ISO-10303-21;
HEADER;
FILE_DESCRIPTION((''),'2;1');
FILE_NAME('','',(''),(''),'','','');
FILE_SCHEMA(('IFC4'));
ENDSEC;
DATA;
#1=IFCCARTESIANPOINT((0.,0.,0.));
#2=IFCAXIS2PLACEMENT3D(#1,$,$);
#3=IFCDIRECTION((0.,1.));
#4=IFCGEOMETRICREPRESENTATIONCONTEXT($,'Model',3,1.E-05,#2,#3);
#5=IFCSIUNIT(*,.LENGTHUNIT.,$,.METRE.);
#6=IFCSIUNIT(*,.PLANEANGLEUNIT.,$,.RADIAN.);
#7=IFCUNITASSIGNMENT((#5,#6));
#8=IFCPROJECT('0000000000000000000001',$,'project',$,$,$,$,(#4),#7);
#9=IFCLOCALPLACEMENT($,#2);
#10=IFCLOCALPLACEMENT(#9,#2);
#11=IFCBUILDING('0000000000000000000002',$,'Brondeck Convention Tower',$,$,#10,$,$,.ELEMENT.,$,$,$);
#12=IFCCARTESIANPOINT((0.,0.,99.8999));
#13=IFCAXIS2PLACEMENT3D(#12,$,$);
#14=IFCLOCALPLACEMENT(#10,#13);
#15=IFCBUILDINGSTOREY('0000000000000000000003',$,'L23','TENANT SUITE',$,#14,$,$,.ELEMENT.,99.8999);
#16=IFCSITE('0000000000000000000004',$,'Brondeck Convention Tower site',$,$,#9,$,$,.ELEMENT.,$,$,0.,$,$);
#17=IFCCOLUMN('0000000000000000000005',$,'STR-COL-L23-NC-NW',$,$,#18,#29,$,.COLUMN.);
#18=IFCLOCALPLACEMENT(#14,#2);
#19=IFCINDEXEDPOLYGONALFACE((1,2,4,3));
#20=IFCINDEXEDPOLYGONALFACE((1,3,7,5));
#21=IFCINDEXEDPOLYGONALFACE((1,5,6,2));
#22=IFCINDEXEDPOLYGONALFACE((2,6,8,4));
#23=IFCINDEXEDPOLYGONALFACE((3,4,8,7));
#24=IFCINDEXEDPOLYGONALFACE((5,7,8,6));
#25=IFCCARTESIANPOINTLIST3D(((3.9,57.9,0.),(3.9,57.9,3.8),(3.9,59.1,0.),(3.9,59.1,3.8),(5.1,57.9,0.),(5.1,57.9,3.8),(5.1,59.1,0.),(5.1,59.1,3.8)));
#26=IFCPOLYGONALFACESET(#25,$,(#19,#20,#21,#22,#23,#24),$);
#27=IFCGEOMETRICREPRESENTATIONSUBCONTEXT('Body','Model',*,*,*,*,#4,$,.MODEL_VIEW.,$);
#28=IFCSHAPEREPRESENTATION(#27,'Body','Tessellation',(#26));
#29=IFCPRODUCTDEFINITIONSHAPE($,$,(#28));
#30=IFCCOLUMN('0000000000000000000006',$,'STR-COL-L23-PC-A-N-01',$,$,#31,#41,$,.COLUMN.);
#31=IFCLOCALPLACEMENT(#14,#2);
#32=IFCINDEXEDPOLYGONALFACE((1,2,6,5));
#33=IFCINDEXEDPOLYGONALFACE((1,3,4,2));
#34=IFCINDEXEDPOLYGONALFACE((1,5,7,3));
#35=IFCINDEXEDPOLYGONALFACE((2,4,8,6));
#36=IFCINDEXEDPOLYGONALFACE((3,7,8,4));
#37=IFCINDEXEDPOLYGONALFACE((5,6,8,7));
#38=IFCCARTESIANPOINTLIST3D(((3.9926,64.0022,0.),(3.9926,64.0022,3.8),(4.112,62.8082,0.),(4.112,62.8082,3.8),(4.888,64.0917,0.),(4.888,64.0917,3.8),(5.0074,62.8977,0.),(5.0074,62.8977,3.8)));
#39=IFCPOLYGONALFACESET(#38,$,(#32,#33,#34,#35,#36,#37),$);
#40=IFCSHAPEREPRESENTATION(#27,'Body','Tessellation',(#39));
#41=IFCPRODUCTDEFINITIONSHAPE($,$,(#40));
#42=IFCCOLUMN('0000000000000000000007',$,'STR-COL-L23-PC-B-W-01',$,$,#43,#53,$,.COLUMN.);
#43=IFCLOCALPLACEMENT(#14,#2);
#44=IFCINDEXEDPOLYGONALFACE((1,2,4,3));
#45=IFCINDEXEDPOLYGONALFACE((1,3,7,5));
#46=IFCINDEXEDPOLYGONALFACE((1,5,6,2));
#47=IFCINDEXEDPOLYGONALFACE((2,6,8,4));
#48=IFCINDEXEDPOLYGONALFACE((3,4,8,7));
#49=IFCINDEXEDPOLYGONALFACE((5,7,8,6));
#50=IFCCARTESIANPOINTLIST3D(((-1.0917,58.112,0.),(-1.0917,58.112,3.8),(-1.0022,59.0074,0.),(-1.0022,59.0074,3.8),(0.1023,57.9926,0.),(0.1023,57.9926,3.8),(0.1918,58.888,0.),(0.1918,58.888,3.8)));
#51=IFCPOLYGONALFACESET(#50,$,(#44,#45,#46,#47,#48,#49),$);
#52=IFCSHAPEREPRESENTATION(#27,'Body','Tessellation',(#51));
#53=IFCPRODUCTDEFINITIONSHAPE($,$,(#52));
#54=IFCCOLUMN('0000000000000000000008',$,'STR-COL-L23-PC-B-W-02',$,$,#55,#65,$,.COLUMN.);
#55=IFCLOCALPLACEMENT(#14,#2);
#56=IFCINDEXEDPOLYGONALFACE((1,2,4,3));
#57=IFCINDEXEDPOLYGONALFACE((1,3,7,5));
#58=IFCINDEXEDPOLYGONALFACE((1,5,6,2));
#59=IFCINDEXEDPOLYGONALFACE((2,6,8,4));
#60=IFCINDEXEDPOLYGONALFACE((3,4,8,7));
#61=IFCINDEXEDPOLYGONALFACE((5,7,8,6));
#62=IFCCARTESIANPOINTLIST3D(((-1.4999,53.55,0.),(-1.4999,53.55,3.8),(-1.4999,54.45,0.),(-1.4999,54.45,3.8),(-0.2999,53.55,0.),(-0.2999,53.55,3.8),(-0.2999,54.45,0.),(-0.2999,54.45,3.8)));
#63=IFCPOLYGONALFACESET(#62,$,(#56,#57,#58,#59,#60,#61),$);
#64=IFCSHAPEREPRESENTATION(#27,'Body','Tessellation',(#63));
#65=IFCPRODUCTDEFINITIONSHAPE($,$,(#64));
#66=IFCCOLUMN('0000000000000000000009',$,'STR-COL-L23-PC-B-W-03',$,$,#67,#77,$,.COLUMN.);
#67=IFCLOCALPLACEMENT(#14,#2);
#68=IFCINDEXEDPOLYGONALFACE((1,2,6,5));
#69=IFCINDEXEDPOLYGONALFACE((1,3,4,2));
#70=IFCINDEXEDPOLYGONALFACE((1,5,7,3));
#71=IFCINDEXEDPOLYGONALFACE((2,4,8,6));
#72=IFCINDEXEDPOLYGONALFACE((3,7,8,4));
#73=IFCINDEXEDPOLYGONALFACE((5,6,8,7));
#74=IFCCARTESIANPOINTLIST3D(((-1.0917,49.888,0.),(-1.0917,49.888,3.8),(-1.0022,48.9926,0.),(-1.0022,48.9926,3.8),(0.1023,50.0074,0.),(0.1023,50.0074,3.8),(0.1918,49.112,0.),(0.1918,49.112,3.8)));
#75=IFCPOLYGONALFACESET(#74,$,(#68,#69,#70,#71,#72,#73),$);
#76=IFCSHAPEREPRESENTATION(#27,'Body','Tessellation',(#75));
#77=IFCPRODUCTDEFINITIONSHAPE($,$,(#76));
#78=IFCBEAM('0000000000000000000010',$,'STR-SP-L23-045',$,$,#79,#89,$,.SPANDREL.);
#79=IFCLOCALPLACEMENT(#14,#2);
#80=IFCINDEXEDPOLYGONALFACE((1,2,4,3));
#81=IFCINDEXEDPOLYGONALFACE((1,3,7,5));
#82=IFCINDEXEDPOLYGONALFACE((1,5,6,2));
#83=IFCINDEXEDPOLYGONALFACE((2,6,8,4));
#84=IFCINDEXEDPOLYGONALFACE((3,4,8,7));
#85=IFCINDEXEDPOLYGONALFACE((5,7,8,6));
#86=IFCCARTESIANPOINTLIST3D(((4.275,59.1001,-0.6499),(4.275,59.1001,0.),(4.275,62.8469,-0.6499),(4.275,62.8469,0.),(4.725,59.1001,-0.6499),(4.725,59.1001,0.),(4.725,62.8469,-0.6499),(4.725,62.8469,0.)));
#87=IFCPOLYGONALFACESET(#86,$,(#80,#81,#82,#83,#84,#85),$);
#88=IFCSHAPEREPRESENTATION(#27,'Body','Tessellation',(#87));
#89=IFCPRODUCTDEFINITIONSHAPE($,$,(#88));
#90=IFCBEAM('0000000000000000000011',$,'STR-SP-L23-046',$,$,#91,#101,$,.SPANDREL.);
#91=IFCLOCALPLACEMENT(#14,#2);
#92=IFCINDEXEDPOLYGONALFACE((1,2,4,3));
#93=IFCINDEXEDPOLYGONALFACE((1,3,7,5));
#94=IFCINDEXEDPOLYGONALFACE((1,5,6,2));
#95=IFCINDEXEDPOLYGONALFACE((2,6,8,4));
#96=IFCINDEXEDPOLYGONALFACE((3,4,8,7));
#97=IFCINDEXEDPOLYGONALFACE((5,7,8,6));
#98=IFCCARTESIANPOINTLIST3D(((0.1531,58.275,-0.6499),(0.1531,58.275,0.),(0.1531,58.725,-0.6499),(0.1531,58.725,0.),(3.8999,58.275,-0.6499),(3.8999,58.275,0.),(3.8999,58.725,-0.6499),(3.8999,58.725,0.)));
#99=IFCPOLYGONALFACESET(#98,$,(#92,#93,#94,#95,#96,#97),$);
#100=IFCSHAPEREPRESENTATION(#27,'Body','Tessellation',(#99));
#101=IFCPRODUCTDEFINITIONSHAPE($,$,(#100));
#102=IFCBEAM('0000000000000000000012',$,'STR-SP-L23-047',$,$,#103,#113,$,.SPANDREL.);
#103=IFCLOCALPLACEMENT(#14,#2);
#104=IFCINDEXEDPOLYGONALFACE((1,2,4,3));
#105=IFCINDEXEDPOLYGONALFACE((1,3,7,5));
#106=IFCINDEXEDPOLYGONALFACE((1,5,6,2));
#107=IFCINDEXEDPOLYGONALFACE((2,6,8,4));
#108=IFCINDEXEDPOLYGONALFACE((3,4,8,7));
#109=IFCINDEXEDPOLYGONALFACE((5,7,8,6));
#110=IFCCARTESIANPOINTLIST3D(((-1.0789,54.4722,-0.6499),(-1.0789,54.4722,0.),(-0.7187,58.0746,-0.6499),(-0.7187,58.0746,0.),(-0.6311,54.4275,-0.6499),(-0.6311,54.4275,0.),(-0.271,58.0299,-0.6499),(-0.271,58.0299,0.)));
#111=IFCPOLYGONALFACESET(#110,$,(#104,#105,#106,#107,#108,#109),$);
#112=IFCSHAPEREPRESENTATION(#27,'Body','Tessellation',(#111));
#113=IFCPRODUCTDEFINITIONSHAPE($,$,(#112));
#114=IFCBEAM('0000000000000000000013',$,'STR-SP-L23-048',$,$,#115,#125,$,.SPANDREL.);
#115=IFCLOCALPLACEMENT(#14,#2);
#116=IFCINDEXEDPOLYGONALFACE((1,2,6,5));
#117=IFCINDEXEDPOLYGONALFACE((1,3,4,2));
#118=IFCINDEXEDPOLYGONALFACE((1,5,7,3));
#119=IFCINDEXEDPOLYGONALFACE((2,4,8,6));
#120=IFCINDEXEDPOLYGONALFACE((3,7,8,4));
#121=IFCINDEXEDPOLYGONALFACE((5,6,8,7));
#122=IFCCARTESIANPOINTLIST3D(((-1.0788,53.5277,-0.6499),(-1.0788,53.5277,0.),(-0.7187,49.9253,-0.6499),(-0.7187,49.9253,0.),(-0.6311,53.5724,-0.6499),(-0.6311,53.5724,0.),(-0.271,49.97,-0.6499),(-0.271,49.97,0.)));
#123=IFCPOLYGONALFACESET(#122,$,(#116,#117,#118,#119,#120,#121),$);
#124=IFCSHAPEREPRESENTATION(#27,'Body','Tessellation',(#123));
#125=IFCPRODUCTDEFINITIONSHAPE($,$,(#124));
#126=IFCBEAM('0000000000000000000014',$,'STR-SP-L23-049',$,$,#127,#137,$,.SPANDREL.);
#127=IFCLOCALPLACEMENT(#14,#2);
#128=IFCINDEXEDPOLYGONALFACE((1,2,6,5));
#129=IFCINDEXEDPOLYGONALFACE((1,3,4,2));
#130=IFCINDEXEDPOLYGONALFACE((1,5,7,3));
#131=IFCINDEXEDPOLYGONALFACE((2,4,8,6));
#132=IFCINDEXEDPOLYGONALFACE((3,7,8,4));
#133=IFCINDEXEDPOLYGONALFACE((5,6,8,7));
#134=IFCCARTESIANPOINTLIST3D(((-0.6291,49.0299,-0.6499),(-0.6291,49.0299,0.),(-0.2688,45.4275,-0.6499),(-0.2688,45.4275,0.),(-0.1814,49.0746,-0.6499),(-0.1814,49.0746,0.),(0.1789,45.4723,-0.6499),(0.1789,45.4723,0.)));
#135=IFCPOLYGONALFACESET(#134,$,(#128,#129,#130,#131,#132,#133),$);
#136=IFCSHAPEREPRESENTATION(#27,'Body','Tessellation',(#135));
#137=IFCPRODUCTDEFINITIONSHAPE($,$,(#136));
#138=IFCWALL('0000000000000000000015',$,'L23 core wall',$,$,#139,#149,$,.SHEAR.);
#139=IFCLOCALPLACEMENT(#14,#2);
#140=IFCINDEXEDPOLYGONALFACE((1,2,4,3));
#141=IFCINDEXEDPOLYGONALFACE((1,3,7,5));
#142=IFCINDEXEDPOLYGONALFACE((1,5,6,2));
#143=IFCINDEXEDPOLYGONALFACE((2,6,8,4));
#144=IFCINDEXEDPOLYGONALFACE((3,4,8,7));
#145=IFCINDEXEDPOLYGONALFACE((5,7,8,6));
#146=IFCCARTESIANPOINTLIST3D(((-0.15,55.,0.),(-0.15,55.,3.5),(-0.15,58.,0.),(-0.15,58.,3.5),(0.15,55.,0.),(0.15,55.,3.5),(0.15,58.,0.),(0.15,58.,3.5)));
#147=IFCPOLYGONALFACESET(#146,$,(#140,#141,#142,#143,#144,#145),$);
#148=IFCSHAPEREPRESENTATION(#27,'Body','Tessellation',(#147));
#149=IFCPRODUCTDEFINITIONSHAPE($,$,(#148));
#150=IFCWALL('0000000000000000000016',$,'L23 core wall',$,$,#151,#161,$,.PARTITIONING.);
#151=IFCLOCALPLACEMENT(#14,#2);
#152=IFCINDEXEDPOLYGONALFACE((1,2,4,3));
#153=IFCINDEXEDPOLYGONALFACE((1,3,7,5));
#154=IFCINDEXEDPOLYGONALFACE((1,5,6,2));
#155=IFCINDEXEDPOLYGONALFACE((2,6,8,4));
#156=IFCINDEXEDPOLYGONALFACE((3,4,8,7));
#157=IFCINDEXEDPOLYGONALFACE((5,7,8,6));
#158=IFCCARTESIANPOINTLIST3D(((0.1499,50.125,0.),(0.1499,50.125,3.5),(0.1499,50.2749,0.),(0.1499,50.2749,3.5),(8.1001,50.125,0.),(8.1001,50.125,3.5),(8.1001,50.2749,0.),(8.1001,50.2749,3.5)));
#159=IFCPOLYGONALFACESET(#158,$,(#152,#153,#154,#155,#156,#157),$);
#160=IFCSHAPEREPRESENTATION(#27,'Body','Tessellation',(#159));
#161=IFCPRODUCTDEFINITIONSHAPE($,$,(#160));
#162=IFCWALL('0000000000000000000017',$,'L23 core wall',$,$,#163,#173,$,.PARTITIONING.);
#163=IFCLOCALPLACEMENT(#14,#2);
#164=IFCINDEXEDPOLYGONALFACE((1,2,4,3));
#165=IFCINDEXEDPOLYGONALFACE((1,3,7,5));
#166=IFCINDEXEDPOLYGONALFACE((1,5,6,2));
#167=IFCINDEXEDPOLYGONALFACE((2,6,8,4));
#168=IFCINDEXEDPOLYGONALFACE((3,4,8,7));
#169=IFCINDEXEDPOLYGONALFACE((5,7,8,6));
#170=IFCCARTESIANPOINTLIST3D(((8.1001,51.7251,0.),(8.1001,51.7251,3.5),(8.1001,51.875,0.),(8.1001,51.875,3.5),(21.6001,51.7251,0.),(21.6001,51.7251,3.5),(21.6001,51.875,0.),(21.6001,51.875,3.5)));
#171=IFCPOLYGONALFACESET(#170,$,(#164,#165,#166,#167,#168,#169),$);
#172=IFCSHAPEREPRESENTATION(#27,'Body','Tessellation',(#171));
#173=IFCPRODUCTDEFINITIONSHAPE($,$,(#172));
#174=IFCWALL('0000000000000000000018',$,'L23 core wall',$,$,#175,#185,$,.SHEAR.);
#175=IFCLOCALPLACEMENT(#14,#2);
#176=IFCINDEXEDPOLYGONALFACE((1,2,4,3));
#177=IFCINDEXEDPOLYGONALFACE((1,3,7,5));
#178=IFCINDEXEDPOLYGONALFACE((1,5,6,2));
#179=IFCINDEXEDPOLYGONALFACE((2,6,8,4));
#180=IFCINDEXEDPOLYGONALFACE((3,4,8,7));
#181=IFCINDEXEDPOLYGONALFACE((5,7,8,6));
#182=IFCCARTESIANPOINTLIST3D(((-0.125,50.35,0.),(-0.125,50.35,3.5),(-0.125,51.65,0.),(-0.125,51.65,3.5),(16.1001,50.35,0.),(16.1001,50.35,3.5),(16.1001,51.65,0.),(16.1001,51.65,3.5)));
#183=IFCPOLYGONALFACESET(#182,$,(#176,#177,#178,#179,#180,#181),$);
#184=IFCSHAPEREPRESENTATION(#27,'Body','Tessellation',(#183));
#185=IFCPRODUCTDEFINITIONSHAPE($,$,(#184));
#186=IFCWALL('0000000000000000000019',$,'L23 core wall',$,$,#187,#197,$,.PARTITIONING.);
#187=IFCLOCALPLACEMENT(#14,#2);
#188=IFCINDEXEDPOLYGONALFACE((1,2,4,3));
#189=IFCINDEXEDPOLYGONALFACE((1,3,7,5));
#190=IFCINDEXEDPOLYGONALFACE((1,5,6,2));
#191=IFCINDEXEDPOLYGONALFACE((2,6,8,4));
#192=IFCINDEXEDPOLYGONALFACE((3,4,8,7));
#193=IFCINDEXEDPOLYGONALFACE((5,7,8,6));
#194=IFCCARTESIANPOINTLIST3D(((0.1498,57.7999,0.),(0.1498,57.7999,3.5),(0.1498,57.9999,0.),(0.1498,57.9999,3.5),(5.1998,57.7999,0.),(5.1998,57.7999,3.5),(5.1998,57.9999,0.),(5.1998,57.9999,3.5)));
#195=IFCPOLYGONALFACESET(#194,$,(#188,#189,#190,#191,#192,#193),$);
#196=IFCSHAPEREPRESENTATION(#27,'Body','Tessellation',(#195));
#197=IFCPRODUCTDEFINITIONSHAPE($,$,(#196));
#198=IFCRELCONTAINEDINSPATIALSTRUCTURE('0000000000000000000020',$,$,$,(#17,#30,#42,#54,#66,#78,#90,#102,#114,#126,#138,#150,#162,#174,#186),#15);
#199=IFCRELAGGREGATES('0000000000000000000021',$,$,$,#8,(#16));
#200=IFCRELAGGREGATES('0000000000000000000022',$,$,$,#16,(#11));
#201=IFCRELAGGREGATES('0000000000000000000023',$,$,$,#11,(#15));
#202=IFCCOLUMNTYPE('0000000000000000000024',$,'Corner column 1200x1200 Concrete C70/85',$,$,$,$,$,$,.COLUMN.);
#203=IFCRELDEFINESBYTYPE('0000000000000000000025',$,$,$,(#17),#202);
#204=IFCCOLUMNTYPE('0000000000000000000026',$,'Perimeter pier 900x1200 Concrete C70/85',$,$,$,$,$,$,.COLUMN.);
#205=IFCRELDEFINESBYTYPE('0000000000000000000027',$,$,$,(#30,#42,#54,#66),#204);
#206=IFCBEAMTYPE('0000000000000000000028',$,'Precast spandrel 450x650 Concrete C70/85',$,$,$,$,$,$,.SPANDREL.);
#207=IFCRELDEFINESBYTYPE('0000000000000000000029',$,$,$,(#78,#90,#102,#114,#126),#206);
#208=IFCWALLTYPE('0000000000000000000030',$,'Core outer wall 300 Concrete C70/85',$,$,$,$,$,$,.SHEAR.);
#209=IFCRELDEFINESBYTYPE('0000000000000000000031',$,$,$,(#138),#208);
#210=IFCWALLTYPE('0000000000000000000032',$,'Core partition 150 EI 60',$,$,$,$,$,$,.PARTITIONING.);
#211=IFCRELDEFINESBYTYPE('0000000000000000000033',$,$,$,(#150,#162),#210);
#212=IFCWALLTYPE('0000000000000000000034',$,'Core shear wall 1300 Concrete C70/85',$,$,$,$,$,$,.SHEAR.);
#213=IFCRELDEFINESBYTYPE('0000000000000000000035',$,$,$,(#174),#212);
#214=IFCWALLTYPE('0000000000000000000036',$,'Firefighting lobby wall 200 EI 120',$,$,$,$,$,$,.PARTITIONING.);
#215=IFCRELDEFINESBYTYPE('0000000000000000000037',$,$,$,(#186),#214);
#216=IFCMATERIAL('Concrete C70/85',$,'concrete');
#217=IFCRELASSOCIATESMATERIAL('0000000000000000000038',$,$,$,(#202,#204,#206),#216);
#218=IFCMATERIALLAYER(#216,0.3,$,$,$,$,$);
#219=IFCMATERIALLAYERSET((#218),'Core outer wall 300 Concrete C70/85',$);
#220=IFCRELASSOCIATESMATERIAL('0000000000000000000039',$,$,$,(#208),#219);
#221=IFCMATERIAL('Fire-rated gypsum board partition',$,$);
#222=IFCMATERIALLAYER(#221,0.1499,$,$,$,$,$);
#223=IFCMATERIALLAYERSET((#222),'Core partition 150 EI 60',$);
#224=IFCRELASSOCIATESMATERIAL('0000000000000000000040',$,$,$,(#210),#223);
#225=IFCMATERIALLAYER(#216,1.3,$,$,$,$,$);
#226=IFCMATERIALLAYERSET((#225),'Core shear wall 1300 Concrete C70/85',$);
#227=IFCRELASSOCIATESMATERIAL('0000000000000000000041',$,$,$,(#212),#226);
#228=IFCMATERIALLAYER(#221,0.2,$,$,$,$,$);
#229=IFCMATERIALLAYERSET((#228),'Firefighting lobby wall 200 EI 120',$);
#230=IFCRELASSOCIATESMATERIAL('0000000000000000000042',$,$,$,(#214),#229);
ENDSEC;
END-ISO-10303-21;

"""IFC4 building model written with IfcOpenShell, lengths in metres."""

from ifc_helpers import new_model, si_unit, direction, frame, frame_2d, origin, origin_2d, place, context, subcontext, project, spatial, rectangle, extrude, material, layer, layer_set, material_profile, profile_set, type_object, element, save


model = new_model("IFC4")

# Units and contexts
model_context = context("Model", 3, precision=1e-05, world=origin(), true_north=direction((0.0, 1.0)))
body_context = subcontext(model_context, "Body", "Model", "MODEL_VIEW")
ifc_project = project(units=[si_unit("LENGTHUNIT", "METRE"), si_unit("PLANEANGLEUNIT", "RADIAN")], contexts=[model_context])

# Site, building, storey
site_placement = place(None, origin())
site = spatial("IfcSite", under=ifc_project, at=site_placement, Name="Brondeck Convention Tower site", CompositionType="ELEMENT", RefElevation=0.0)
building_placement = place(site_placement, origin())
building = spatial("IfcBuilding", under=site, at=building_placement, Name="Brondeck Convention Tower", CompositionType="ELEMENT")
storey_placement = place(building_placement, frame((0.0, 0.0, 99.8999)))
storey = spatial("IfcBuildingStorey", under=building, at=storey_placement, Name="L23", Description="TENANT SUITE", CompositionType="ELEMENT", Elevation=99.8999)

# Columns
ifc_material_1 = material(Name="Concrete C70/85", Category="concrete")
ifc_material_profile_1 = material_profile(ifc_material_1, rectangle(XDim=1.2, YDim=1.2, at=origin_2d()), Name="Corner column 1200x1200 Concrete C70/85")
ifc_profile_set_1 = profile_set([ifc_material_profile_1], Name="Concrete C70/85")
column_type_1 = type_object("IfcColumnType", Name="Corner column 1200x1200 Concrete C70/85", PredefinedType="COLUMN", material=ifc_profile_set_1)
column_placement = place(storey_placement, frame((4.5, 58.5, 0.0), z_axis=(0.0, 0.0, 1.0), x_axis=(1.0, 0.0, 0.0)))
element("IfcColumn", 1, at=column_placement, inside=storey, type_object=column_type_1, Name="STR-COL-L23-NC-NW", PredefinedType="COLUMN", context=body_context, shape_type="SweptSolid", body=[
    extrude(rectangle(XDim=1.2, YDim=1.2, at=origin_2d()), origin(), (0.0, 0.0, 1.0), 3.8),
])
ifc_material_profile_2 = material_profile(ifc_material_1, rectangle(XDim=0.8999, YDim=1.2, at=origin_2d()), Name="Perimeter pier 900x1200 Concrete C70/85")
ifc_profile_set_2 = profile_set([ifc_material_profile_2], Name="Concrete C70/85")
column_type_2 = type_object("IfcColumnType", Name="Perimeter pier 900x1200 Concrete C70/85", PredefinedType="COLUMN", material=ifc_profile_set_2)
for number, where, z_axis, x_axis, name in (
    (2, (4.5, 63.45, 0.0), (0.0, 0.0, 1.0), (-0.995037, -0.099504, 0.0), "STR-COL-L23-PC-A-N-01"),
    (3, (-0.45, 58.5, 0.0), (0.0, 0.0, 1.0), (-0.099504, -0.995037, 0.0), "STR-COL-L23-PC-B-W-01"),
    (4, (-0.8999, 54.0, 0.0), (0.0, 0.0, 1.0), (0.0, -1.0, 0.0), "STR-COL-L23-PC-B-W-02"),
    (5, (-0.45, 49.5, 0.0), (0.0, 0.0, 1.0), (0.099504, -0.995037, 0.0), "STR-COL-L23-PC-B-W-03"),
):
    element("IfcColumn", number, at=place(storey_placement, frame(where, z_axis=z_axis, x_axis=x_axis)), inside=storey, type_object=column_type_2, Name=name, PredefinedType="COLUMN", context=body_context, shape_type="SweptSolid", body=[
        extrude(rectangle(XDim=0.8999, YDim=1.2, at=origin_2d()), origin(), (0.0, 0.0, 1.0), 3.8),
    ])

# Beams
ifc_material_profile_3 = material_profile(ifc_material_1, rectangle(XDim=0.45, YDim=0.6499, at=origin_2d()), Name="Precast spandrel 450x650 Concrete C70/85")
ifc_profile_set_3 = profile_set([ifc_material_profile_3], Name="Concrete C70/85")
beam_type = type_object("IfcBeamType", Name="Precast spandrel 450x650 Concrete C70/85", PredefinedType="SPANDREL", material=ifc_profile_set_3)
for number, where, z_axis, x_axis, name in (
    (6, (4.5, 62.8469, -0.325), (0.0, -1.0, 0.0), (1.0, 0.0, 0.0), "STR-SP-L23-045"),
    (7, (3.8999, 58.5, -0.325), (-1.0, 0.0, 0.0), (0.0, -1.0, 0.0), "STR-SP-L23-046"),
):
    element("IfcBeam", number, at=place(storey_placement, frame(where, z_axis=z_axis, x_axis=x_axis)), inside=storey, type_object=beam_type, Name=name, PredefinedType="SPANDREL", context=body_context, shape_type="SweptSolid", body=[
        extrude(rectangle(XDim=0.45, YDim=0.6499, at=origin_2d()), origin(), (0.0, 0.0, 1.0), 3.7468),
    ])
for number, where, z_axis, x_axis, name in (
    (8, (-0.4949, 58.0522, -0.325), (-0.09947, -0.995041, 0.0), (0.995041, -0.09947, 0.0), "STR-SP-L23-047"),
    (9, (-0.855, 53.55, -0.325), (0.09947, -0.995041, 0.0), (0.995041, 0.09947, 0.0), "STR-SP-L23-048"),
    (10, (-0.4053, 49.0522, -0.325), (0.099537, -0.995034, 0.0), (0.995034, 0.099537, 0.0), "STR-SP-L23-049"),
):
    element("IfcBeam", number, at=place(storey_placement, frame(where, z_axis=z_axis, x_axis=x_axis)), inside=storey, type_object=beam_type, Name=name, PredefinedType="SPANDREL", context=body_context, shape_type="SweptSolid", body=[
        extrude(rectangle(XDim=0.45, YDim=0.6499, at=origin_2d()), origin(), (0.0, 0.0, 1.0), 3.6204),
    ])

# Walls
ifc_layer_1 = layer(ifc_material_1, 0.3)
ifc_layer_set_1 = layer_set([ifc_layer_1], Name="Core outer wall 300 Concrete C70/85")
wall_type_1 = type_object("IfcWallType", Name="Core outer wall 300 Concrete C70/85", PredefinedType="SHEAR", material=ifc_layer_set_1)
wall_1_placement = place(storey_placement, frame((0.0, 55.0, 0.0), z_axis=(0.0, 0.0, 1.0), x_axis=(0.0, 1.0, 0.0)))
element("IfcWall", 11, at=wall_1_placement, inside=storey, type_object=wall_type_1, Name="L23 core wall", PredefinedType="SHEAR", context=body_context, shape_type="SweptSolid", body=[
    extrude(rectangle(XDim=3.0, YDim=0.3, at=frame_2d((1.5, 0.0))), origin(), (0.0, 0.0, 1.0), 3.5),
])
ifc_material_2 = material(Name="Fire-rated gypsum board partition")
ifc_layer_2 = layer(ifc_material_2, 0.1499)
ifc_layer_set_2 = layer_set([ifc_layer_2], Name="Core partition 150 EI 60")
wall_type_2 = type_object("IfcWallType", Name="Core partition 150 EI 60", PredefinedType="PARTITIONING", material=ifc_layer_set_2)
wall_2_placement = place(storey_placement, frame((0.1499, 50.2, 0.0), z_axis=(0.0, 0.0, 1.0), x_axis=(1.0, 0.0, 0.0)))
element("IfcWall", 12, at=wall_2_placement, inside=storey, type_object=wall_type_2, Name="L23 core wall", PredefinedType="PARTITIONING", context=body_context, shape_type="SweptSolid", body=[
    extrude(rectangle(XDim=7.9502, YDim=0.1499, at=frame_2d((3.9751, 0.0))), origin(), (0.0, 0.0, 1.0), 3.5),
])
wall_3_placement = place(storey_placement, frame((8.1001, 51.8, 0.0), z_axis=(0.0, 0.0, 1.0), x_axis=(1.0, 0.0, 0.0)))
element("IfcWall", 13, at=wall_3_placement, inside=storey, type_object=wall_type_2, Name="L23 core wall", PredefinedType="PARTITIONING", context=body_context, shape_type="SweptSolid", body=[
    extrude(rectangle(XDim=13.5, YDim=0.1499, at=frame_2d((6.75, 0.0))), origin(), (0.0, 0.0, 1.0), 3.5),
])
ifc_layer_3 = layer(ifc_material_1, 1.3)
ifc_layer_set_3 = layer_set([ifc_layer_3], Name="Core shear wall 1300 Concrete C70/85")
wall_type_3 = type_object("IfcWallType", Name="Core shear wall 1300 Concrete C70/85", PredefinedType="SHEAR", material=ifc_layer_set_3)
wall_4_placement = place(storey_placement, frame((-0.125, 51.0, 0.0), z_axis=(0.0, 0.0, 1.0), x_axis=(1.0, 0.0, 0.0)))
element("IfcWall", 14, at=wall_4_placement, inside=storey, type_object=wall_type_3, Name="L23 core wall", PredefinedType="SHEAR", context=body_context, shape_type="SweptSolid", body=[
    extrude(rectangle(XDim=16.2251, YDim=1.3, at=frame_2d((8.1125, 0.0))), origin(), (0.0, 0.0, 1.0), 3.5),
])
ifc_layer_4 = layer(ifc_material_2, 0.2)
ifc_layer_set_4 = layer_set([ifc_layer_4], Name="Firefighting lobby wall 200 EI 120")
wall_type_4 = type_object("IfcWallType", Name="Firefighting lobby wall 200 EI 120", PredefinedType="PARTITIONING", material=ifc_layer_set_4)
wall_5_placement = place(storey_placement, frame((0.1499, 57.8999, 0.0), z_axis=(0.0, 0.0, 1.0), x_axis=(1.0, 0.0, 0.0)))
element("IfcWall", 15, at=wall_5_placement, inside=storey, type_object=wall_type_4, Name="L23 core wall", PredefinedType="PARTITIONING", context=body_context, shape_type="SweptSolid", body=[
    extrude(rectangle(XDim=5.05, YDim=0.2, at=frame_2d((2.5249, 0.0))), origin(), (0.0, 0.0, 1.0), 3.5),
])

save(model, "model.ifc")
